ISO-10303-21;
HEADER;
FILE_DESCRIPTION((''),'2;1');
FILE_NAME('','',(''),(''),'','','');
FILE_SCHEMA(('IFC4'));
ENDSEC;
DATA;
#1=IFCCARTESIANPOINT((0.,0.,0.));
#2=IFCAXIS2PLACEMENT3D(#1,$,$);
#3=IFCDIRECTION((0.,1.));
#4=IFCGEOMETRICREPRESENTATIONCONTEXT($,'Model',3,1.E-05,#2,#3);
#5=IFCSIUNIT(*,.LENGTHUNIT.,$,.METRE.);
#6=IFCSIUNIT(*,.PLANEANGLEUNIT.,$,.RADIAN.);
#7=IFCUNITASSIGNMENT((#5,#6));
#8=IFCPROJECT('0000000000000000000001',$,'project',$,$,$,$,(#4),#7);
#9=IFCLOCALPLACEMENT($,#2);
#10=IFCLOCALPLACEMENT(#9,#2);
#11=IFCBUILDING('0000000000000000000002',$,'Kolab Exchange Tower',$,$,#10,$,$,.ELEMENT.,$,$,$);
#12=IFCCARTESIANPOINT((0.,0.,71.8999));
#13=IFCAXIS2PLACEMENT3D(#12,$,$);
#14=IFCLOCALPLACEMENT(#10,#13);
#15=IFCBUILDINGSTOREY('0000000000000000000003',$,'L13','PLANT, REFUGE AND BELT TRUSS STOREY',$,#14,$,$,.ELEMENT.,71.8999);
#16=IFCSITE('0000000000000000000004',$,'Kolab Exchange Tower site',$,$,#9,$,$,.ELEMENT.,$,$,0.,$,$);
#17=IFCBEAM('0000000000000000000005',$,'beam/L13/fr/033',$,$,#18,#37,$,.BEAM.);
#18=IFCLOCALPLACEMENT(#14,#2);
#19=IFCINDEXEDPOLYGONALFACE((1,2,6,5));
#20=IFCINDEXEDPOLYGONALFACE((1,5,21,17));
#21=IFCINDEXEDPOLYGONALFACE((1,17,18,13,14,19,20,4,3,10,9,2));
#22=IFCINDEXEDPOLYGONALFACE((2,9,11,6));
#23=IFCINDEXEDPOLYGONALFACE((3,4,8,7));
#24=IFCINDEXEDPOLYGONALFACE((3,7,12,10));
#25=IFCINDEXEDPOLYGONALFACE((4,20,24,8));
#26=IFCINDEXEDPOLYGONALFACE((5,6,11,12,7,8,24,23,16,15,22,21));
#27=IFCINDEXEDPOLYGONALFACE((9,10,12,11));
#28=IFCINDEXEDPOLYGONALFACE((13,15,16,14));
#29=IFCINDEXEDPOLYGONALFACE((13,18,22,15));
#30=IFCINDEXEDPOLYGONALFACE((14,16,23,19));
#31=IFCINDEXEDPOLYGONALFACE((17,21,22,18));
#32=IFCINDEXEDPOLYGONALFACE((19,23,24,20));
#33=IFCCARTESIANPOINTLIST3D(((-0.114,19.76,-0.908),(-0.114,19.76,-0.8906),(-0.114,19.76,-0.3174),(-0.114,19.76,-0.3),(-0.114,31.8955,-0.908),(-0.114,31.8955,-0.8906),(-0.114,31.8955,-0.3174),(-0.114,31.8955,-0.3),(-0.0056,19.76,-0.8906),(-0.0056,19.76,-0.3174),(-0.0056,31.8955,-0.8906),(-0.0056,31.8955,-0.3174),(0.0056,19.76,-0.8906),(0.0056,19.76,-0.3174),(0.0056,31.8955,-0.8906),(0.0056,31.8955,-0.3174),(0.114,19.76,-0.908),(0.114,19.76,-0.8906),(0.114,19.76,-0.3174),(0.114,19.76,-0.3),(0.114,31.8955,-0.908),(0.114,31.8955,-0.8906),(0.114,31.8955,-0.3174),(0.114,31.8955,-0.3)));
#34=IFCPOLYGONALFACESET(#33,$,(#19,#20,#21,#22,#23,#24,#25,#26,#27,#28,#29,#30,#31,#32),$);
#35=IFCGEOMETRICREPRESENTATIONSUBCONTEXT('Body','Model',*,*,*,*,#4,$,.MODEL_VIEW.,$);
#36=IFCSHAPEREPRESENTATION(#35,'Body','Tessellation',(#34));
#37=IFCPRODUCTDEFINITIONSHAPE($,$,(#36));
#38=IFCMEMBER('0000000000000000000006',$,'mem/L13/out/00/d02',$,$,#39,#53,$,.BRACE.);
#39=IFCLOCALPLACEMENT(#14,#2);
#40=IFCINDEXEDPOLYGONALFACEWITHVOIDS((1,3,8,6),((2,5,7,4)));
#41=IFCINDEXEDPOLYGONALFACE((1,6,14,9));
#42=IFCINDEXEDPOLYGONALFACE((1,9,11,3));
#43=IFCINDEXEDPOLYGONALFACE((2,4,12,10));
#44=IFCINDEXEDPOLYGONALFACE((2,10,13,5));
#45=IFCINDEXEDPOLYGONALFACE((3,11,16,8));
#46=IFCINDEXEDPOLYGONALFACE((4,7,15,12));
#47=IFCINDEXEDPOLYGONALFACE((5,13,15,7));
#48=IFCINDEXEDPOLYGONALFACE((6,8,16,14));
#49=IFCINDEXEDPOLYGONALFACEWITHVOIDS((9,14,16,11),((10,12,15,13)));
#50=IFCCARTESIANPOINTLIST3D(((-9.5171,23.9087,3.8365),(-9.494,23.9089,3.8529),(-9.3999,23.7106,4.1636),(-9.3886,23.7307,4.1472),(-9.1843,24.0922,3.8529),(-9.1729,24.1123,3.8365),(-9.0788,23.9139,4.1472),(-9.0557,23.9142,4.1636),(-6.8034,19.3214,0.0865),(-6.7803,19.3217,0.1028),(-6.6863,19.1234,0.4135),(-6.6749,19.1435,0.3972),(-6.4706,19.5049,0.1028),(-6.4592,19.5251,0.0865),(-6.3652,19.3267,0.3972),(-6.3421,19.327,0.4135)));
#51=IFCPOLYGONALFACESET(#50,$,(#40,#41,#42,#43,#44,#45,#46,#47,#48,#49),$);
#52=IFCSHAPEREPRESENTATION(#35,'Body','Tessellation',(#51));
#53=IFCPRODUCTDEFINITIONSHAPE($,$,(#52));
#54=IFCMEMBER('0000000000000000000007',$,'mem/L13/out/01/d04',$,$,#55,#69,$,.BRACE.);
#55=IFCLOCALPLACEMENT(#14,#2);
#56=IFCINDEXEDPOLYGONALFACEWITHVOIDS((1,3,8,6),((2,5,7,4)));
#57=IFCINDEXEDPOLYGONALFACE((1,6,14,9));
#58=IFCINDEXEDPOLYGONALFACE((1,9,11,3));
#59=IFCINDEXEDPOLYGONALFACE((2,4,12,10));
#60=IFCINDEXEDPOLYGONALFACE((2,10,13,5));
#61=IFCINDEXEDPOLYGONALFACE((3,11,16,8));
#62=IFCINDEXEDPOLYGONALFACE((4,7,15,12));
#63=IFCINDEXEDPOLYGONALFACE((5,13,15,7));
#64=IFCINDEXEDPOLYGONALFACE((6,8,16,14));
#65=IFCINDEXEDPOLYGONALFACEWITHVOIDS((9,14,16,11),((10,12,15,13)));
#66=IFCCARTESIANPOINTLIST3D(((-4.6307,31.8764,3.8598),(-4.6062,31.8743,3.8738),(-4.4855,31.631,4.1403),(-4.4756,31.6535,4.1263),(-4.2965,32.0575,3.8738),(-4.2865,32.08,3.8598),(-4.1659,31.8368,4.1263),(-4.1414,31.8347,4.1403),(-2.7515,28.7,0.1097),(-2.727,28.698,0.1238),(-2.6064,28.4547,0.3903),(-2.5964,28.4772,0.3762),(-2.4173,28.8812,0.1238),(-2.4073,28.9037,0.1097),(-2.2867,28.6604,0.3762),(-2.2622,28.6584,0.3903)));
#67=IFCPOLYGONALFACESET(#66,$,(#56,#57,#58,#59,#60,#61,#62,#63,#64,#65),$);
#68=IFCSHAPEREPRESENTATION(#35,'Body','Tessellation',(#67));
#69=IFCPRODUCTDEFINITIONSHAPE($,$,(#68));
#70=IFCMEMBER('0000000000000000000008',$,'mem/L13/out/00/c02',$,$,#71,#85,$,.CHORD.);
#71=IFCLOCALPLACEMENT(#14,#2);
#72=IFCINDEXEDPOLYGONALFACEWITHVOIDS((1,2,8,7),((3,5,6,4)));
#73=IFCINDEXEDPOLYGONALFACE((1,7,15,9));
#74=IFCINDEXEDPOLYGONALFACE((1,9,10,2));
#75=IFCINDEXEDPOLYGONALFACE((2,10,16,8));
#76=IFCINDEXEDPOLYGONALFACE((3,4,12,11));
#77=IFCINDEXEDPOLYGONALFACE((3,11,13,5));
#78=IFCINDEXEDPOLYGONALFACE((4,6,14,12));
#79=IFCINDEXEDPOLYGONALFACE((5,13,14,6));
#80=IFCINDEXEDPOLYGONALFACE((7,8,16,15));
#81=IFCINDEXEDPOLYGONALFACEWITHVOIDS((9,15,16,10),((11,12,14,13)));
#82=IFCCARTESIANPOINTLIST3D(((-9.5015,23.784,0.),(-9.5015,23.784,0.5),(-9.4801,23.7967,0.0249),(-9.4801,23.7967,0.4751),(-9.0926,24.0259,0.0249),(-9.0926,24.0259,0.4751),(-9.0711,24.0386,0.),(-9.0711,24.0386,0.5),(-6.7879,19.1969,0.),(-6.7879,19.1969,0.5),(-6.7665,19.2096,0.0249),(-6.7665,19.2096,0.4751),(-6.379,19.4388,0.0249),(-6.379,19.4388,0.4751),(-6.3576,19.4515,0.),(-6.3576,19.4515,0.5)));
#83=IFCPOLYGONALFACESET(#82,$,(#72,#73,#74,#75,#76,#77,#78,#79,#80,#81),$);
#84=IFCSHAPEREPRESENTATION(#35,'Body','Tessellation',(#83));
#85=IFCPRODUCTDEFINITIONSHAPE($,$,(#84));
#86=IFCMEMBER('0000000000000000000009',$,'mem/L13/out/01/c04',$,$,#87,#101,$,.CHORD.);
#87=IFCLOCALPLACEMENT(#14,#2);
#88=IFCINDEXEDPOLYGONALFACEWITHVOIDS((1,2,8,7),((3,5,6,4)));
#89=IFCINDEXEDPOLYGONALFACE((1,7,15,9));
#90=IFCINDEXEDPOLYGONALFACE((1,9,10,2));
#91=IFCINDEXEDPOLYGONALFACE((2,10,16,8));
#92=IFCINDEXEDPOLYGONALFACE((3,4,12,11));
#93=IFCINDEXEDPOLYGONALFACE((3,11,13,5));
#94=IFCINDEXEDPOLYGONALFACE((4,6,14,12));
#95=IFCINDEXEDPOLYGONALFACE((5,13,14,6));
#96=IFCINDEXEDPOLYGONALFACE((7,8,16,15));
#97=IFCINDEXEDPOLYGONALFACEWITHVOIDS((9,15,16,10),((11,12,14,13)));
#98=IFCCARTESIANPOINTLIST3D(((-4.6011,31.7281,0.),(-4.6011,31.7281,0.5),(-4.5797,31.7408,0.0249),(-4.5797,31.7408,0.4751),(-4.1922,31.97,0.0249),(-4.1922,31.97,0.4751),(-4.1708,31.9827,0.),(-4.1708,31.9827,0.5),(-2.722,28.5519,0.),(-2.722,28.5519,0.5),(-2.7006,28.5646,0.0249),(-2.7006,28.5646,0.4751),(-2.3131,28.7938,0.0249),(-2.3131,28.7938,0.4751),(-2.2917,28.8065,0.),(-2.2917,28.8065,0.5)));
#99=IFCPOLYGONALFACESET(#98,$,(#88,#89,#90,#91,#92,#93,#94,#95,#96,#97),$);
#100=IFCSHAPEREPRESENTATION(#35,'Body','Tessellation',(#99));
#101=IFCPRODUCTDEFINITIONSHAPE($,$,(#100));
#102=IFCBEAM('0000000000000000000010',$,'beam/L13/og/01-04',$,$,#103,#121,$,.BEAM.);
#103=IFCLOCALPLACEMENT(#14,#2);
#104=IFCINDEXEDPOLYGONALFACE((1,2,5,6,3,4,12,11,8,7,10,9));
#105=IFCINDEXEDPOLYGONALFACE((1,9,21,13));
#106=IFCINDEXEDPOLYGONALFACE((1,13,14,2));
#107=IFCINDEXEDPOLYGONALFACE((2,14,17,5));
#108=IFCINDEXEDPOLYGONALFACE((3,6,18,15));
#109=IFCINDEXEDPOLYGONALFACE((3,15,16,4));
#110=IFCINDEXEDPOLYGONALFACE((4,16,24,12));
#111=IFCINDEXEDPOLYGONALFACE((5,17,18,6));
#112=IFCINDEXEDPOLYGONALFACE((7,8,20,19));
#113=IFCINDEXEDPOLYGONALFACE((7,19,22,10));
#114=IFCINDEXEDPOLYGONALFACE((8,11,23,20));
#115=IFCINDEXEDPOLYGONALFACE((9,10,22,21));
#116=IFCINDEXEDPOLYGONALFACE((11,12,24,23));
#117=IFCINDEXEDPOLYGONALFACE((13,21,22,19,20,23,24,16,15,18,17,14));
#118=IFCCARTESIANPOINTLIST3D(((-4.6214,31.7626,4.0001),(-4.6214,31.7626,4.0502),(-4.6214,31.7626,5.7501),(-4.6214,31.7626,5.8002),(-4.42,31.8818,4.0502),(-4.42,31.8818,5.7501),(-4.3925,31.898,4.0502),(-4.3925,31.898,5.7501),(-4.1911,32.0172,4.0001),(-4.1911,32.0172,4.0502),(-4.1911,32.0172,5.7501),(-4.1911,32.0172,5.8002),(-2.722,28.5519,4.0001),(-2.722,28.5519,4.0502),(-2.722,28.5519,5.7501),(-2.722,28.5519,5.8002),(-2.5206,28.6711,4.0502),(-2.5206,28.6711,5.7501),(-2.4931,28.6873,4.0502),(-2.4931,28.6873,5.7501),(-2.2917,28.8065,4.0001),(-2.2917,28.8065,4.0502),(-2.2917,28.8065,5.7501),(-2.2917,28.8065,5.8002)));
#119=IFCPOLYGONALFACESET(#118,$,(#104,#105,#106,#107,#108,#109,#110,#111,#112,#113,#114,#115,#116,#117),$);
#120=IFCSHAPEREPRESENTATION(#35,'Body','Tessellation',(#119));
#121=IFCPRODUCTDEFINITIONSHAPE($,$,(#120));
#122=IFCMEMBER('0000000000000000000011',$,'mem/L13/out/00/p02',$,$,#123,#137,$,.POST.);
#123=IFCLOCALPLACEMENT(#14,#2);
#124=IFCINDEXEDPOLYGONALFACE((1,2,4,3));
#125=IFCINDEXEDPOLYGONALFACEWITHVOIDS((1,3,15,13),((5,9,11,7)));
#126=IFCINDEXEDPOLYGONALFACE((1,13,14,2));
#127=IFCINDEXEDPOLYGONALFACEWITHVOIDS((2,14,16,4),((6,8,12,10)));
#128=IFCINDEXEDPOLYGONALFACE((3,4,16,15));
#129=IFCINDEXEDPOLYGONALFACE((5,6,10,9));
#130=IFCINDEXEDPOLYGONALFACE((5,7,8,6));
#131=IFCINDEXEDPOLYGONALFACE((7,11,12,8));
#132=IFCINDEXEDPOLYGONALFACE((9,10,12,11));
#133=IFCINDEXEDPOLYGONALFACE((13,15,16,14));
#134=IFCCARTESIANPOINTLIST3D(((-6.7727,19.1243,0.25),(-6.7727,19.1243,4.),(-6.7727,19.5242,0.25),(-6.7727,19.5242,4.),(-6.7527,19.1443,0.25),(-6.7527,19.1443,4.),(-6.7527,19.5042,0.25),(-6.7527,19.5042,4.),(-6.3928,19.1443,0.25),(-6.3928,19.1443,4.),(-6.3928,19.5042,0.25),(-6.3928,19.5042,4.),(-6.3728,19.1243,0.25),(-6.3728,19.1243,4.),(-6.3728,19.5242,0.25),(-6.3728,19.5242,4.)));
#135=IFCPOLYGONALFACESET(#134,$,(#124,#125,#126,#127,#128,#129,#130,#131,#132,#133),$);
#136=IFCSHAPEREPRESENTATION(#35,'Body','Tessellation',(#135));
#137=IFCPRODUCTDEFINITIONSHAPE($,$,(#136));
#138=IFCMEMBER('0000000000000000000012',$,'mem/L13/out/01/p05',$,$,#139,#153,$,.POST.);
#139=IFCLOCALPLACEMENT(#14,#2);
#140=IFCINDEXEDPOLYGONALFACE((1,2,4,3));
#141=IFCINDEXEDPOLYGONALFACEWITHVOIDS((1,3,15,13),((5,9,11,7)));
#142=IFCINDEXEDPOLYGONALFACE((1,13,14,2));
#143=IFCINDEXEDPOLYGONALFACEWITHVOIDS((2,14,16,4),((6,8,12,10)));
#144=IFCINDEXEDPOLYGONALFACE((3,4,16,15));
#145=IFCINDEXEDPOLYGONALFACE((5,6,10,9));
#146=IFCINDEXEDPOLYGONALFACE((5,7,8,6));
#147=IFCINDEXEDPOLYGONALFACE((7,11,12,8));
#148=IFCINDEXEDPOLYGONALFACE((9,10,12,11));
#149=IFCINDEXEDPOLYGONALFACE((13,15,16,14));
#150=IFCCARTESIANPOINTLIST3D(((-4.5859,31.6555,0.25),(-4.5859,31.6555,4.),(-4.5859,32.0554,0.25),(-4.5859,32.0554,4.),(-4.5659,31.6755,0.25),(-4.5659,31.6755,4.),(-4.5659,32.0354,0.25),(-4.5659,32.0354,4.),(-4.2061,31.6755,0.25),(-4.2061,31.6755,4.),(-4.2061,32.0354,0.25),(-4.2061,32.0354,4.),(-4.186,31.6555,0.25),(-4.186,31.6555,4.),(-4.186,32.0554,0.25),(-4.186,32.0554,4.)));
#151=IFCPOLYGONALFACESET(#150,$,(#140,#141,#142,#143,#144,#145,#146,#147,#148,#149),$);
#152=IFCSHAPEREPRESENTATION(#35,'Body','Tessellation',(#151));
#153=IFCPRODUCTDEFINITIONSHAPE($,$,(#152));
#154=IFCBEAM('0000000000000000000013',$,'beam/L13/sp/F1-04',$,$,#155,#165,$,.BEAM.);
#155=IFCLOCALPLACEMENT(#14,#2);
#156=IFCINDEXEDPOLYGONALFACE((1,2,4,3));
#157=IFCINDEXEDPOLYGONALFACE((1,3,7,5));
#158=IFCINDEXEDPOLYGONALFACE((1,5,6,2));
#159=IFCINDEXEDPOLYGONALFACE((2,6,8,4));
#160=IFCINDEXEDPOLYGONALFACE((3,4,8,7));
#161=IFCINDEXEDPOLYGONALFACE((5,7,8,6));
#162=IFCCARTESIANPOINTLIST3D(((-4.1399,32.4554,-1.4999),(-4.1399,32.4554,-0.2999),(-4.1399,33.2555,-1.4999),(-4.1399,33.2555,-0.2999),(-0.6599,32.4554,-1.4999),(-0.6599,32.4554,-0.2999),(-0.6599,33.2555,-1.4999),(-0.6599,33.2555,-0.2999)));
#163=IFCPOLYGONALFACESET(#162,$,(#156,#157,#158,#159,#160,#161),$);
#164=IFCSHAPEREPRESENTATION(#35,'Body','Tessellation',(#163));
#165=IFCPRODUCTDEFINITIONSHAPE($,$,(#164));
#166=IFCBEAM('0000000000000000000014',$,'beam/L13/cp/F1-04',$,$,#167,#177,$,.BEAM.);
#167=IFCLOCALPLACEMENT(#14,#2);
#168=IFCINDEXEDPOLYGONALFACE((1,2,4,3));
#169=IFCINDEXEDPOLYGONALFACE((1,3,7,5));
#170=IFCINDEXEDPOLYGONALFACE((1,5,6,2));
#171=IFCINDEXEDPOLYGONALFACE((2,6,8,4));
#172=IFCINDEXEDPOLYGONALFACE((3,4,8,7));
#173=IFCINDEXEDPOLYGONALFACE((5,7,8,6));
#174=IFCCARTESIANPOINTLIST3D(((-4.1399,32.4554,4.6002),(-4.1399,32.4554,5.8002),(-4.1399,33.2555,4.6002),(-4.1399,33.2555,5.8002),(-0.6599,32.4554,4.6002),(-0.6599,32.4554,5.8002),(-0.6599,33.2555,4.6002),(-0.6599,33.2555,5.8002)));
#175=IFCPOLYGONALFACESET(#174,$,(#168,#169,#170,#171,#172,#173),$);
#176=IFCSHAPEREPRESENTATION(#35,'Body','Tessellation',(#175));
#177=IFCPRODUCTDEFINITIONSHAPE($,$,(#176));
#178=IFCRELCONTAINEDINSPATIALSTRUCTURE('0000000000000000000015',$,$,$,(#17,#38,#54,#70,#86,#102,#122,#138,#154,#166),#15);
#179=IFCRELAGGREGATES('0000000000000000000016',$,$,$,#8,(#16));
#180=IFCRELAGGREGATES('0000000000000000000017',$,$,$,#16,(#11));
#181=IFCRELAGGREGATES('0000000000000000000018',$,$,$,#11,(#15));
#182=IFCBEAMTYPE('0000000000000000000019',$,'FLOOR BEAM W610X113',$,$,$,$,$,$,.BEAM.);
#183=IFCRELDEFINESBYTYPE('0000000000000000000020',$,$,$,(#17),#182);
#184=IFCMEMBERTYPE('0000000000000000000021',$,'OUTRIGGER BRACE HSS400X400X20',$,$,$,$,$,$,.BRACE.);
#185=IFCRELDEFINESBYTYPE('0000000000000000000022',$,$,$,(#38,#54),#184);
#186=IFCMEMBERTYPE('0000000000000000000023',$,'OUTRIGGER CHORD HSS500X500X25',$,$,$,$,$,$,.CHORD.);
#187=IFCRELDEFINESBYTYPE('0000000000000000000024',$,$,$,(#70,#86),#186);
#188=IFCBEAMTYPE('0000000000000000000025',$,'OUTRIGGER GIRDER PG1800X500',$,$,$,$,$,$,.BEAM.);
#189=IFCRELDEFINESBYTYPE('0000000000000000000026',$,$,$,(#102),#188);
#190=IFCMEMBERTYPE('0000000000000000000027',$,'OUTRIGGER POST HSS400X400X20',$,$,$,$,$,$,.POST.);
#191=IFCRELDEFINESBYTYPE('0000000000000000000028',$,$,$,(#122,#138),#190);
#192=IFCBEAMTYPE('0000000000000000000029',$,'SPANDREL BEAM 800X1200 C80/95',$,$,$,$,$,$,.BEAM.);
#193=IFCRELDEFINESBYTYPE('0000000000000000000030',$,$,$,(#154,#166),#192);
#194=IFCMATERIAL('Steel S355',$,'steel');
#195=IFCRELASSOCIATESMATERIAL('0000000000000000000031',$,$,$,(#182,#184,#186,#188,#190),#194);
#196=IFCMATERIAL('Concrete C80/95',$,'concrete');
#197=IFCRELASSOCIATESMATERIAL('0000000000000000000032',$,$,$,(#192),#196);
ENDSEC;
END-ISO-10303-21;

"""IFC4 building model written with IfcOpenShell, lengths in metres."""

from ifc_helpers import new_model, si_unit, direction, frame, origin, origin_2d, place, context, subcontext, project, spatial, rectangle, hollow_rectangle, i_section, extrude, material, material_profile, profile_set, type_object, element, save


model = new_model("IFC4")

# Units and contexts
model_context = context("Model", 3, precision=1e-05, world=origin(), true_north=direction((0.0, 1.0)))
body_context = subcontext(model_context, "Body", "Model", "MODEL_VIEW")
ifc_project = project(units=[si_unit("LENGTHUNIT", "METRE"), si_unit("PLANEANGLEUNIT", "RADIAN")], contexts=[model_context])

# Site, building, storey
site_placement = place(None, origin())
site = spatial("IfcSite", under=ifc_project, at=site_placement, Name="Kolab Exchange Tower site", CompositionType="ELEMENT", RefElevation=0.0)
building_placement = place(site_placement, origin())
building = spatial("IfcBuilding", under=site, at=building_placement, Name="Kolab Exchange Tower", CompositionType="ELEMENT")
storey_placement = place(building_placement, frame((0.0, 0.0, 71.8999)))
storey = spatial("IfcBuildingStorey", under=building, at=storey_placement, Name="L13", Description="PLANT, REFUGE AND BELT TRUSS STOREY", CompositionType="ELEMENT", Elevation=71.8999)

# Shared definitions
ifc_material_1 = material(Name="Concrete C80/95", Category="concrete")

# Shared definitions
ifc_material_2 = material(Name="Steel S355", Category="steel")

# Beam
ifc_material_profile_1 = material_profile(ifc_material_2, i_section(OverallWidth=0.228, OverallDepth=0.6079, WebThickness=0.0112, FlangeThickness=0.0173, at=origin_2d()), Name="W610X113")
ifc_profile_set_1 = profile_set([ifc_material_profile_1], Name="Steel S355")
beam_type_1 = type_object("IfcBeamType", Name="FLOOR BEAM W610X113", PredefinedType="BEAM", material=ifc_profile_set_1)
beam_1_placement = place(storey_placement, frame((0.0, 19.76, -0.604), z_axis=(0.0, 1.0, 0.0), x_axis=(-1.0, 0.0, 0.0)))
element("IfcBeam", 1, at=beam_1_placement, inside=storey, type_object=beam_type_1, Name="beam/L13/fr/033", PredefinedType="BEAM", context=body_context, shape_type="SweptSolid", body=[
    extrude(i_section(OverallWidth=0.228, OverallDepth=0.6079, WebThickness=0.0112, FlangeThickness=0.0173, at=origin_2d()), origin(), (0.0, 0.0, 1.0), 12.1355),
])

# Members
ifc_material_profile_2 = material_profile(ifc_material_2, hollow_rectangle(XDim=0.3999, YDim=0.3999, WallThickness=0.02, at=origin_2d()), Name="HSS400X400X20")
ifc_profile_set_2 = profile_set([ifc_material_profile_2], Name="Steel S355")
member_type_1 = type_object("IfcMemberType", Name="OUTRIGGER BRACE HSS400X400X20", PredefinedType="BRACE", material=ifc_profile_set_2)
member_1_placement = place(storey_placement, frame((-6.5728, 19.3242, 0.25), z_axis=(-0.416406, 0.703901, 0.575439), x_axis=(-0.860677, -0.509151, 0.0)))
element("IfcMember", 2, at=member_1_placement, inside=storey, type_object=member_type_1, Name="mem/L13/out/00/d02", PredefinedType="BRACE", context=body_context, shape_type="SweptSolid", body=[
    extrude(hollow_rectangle(XDim=0.3999, YDim=0.3999, WallThickness=0.02, at=origin_2d()), origin(), (0.0, 0.0, 1.0), 6.5168),
])
member_2_placement = place(storey_placement, frame((-2.5068, 28.6792, 0.25), z_axis=(-0.357157, 0.603692, 0.712737), x_axis=(-0.860658, -0.509184, 0.0)))
element("IfcMember", 3, at=member_2_placement, inside=storey, type_object=member_type_1, Name="mem/L13/out/01/d04", PredefinedType="BRACE", context=body_context, shape_type="SweptSolid", body=[
    extrude(hollow_rectangle(XDim=0.3999, YDim=0.3999, WallThickness=0.02, at=origin_2d()), origin(), (0.0, 0.0, 1.0), 5.2615),
])
ifc_material_profile_3 = material_profile(ifc_material_2, hollow_rectangle(XDim=0.5, YDim=0.5, WallThickness=0.0249, at=origin_2d()), Name="HSS500X500X25")
ifc_profile_set_3 = profile_set([ifc_material_profile_3], Name="Steel S355")
member_type_2 = type_object("IfcMemberType", Name="OUTRIGGER CHORD HSS500X500X25", PredefinedType="CHORD", material=ifc_profile_set_3)
member_3_placement = place(storey_placement, frame((-6.5728, 19.3242, 0.25), z_axis=(-0.509151, 0.860677, 0.0), x_axis=(-0.860677, -0.509151, 0.0)))
element("IfcMember", 4, at=member_3_placement, inside=storey, type_object=member_type_2, Name="mem/L13/out/00/c02", PredefinedType="CHORD", context=body_context, shape_type="SweptSolid", body=[
    extrude(hollow_rectangle(XDim=0.5, YDim=0.5, WallThickness=0.0249, at=origin_2d()), origin(), (0.0, 0.0, 1.0), 5.3296),
])
member_4_placement = place(storey_placement, frame((-2.5068, 28.6792, 0.25), z_axis=(-0.509184, 0.860658, 0.0), x_axis=(-0.860658, -0.509184, 0.0)))
element("IfcMember", 5, at=member_4_placement, inside=storey, type_object=member_type_2, Name="mem/L13/out/01/c04", PredefinedType="CHORD", context=body_context, shape_type="SweptSolid", body=[
    extrude(hollow_rectangle(XDim=0.5, YDim=0.5, WallThickness=0.0249, at=origin_2d()), origin(), (0.0, 0.0, 1.0), 3.6904),
])

# Beam
ifc_material_profile_4 = material_profile(ifc_material_2, i_section(OverallWidth=0.5, OverallDepth=1.8, WebThickness=0.032, FlangeThickness=0.05, at=origin_2d()), Name="PG1800X500")
ifc_profile_set_4 = profile_set([ifc_material_profile_4], Name="Steel S355")
beam_type_2 = type_object("IfcBeamType", Name="OUTRIGGER GIRDER PG1800X500", PredefinedType="BEAM", material=ifc_profile_set_4)
beam_2_placement = place(storey_placement, frame((-2.5068, 28.6792, 4.9001), z_axis=(-0.509164, 0.86067, 0.0), x_axis=(-0.86067, -0.509164, 0.0)))
element("IfcBeam", 6, at=beam_2_placement, inside=storey, type_object=beam_type_2, Name="beam/L13/og/01-04", PredefinedType="BEAM", context=body_context, shape_type="SweptSolid", body=[
    extrude(i_section(OverallWidth=0.5, OverallDepth=1.8, WebThickness=0.032, FlangeThickness=0.05, at=origin_2d()), origin(), (0.0, 0.0, 1.0), 3.7305),
])

# Members
ifc_material_profile_5 = material_profile(ifc_material_2, hollow_rectangle(XDim=0.3999, YDim=0.3999, WallThickness=0.02, at=origin_2d()), Name="HSS400X400X20")
ifc_profile_set_5 = profile_set([ifc_material_profile_5], Name="Steel S355")
member_type_3 = type_object("IfcMemberType", Name="OUTRIGGER POST HSS400X400X20", PredefinedType="POST", material=ifc_profile_set_5)
for number, where, z_axis, x_axis, name in (
    (7, (-6.5728, 19.3242, 0.25), (0.0, 0.0, 1.0), (1.0, 0.0, 0.0), "mem/L13/out/00/p02"),
    (8, (-4.386, 31.8555, 0.25), (0.0, 0.0, 1.0), (1.0, 0.0, 0.0), "mem/L13/out/01/p05"),
):
    element("IfcMember", number, at=place(storey_placement, frame(where, z_axis=z_axis, x_axis=x_axis)), inside=storey, type_object=member_type_3, Name=name, PredefinedType="POST", context=body_context, shape_type="SweptSolid", body=[
        extrude(hollow_rectangle(XDim=0.3999, YDim=0.3999, WallThickness=0.02, at=origin_2d()), origin(), (0.0, 0.0, 1.0), 3.75),
    ])

# Beams
ifc_material_profile_6 = material_profile(ifc_material_1, rectangle(XDim=0.8, YDim=1.2, at=origin_2d()), Name="RC800X1200")
ifc_profile_set_6 = profile_set([ifc_material_profile_6], Name="Concrete C80/95")
beam_type_3 = type_object("IfcBeamType", Name="SPANDREL BEAM 800X1200 C80/95", PredefinedType="BEAM", material=ifc_profile_set_6)
for number, where, z_axis, x_axis, name in (
    (9, (-4.1399, 32.8555, -0.8999), (1.0, 0.0, 0.0), (0.0, 1.0, 0.0), "beam/L13/sp/F1-04"),
    (10, (-4.1399, 32.8555, 5.2002), (1.0, 0.0, 0.0), (0.0, 1.0, 0.0), "beam/L13/cp/F1-04"),
):
    element("IfcBeam", number, at=place(storey_placement, frame(where, z_axis=z_axis, x_axis=x_axis)), inside=storey, type_object=beam_type_3, Name=name, PredefinedType="BEAM", context=body_context, shape_type="SweptSolid", body=[
        extrude(rectangle(XDim=0.8, YDim=1.2, at=origin_2d()), origin(), (0.0, 0.0, 1.0), 3.48),
    ])

save(model, "model.ifc")
